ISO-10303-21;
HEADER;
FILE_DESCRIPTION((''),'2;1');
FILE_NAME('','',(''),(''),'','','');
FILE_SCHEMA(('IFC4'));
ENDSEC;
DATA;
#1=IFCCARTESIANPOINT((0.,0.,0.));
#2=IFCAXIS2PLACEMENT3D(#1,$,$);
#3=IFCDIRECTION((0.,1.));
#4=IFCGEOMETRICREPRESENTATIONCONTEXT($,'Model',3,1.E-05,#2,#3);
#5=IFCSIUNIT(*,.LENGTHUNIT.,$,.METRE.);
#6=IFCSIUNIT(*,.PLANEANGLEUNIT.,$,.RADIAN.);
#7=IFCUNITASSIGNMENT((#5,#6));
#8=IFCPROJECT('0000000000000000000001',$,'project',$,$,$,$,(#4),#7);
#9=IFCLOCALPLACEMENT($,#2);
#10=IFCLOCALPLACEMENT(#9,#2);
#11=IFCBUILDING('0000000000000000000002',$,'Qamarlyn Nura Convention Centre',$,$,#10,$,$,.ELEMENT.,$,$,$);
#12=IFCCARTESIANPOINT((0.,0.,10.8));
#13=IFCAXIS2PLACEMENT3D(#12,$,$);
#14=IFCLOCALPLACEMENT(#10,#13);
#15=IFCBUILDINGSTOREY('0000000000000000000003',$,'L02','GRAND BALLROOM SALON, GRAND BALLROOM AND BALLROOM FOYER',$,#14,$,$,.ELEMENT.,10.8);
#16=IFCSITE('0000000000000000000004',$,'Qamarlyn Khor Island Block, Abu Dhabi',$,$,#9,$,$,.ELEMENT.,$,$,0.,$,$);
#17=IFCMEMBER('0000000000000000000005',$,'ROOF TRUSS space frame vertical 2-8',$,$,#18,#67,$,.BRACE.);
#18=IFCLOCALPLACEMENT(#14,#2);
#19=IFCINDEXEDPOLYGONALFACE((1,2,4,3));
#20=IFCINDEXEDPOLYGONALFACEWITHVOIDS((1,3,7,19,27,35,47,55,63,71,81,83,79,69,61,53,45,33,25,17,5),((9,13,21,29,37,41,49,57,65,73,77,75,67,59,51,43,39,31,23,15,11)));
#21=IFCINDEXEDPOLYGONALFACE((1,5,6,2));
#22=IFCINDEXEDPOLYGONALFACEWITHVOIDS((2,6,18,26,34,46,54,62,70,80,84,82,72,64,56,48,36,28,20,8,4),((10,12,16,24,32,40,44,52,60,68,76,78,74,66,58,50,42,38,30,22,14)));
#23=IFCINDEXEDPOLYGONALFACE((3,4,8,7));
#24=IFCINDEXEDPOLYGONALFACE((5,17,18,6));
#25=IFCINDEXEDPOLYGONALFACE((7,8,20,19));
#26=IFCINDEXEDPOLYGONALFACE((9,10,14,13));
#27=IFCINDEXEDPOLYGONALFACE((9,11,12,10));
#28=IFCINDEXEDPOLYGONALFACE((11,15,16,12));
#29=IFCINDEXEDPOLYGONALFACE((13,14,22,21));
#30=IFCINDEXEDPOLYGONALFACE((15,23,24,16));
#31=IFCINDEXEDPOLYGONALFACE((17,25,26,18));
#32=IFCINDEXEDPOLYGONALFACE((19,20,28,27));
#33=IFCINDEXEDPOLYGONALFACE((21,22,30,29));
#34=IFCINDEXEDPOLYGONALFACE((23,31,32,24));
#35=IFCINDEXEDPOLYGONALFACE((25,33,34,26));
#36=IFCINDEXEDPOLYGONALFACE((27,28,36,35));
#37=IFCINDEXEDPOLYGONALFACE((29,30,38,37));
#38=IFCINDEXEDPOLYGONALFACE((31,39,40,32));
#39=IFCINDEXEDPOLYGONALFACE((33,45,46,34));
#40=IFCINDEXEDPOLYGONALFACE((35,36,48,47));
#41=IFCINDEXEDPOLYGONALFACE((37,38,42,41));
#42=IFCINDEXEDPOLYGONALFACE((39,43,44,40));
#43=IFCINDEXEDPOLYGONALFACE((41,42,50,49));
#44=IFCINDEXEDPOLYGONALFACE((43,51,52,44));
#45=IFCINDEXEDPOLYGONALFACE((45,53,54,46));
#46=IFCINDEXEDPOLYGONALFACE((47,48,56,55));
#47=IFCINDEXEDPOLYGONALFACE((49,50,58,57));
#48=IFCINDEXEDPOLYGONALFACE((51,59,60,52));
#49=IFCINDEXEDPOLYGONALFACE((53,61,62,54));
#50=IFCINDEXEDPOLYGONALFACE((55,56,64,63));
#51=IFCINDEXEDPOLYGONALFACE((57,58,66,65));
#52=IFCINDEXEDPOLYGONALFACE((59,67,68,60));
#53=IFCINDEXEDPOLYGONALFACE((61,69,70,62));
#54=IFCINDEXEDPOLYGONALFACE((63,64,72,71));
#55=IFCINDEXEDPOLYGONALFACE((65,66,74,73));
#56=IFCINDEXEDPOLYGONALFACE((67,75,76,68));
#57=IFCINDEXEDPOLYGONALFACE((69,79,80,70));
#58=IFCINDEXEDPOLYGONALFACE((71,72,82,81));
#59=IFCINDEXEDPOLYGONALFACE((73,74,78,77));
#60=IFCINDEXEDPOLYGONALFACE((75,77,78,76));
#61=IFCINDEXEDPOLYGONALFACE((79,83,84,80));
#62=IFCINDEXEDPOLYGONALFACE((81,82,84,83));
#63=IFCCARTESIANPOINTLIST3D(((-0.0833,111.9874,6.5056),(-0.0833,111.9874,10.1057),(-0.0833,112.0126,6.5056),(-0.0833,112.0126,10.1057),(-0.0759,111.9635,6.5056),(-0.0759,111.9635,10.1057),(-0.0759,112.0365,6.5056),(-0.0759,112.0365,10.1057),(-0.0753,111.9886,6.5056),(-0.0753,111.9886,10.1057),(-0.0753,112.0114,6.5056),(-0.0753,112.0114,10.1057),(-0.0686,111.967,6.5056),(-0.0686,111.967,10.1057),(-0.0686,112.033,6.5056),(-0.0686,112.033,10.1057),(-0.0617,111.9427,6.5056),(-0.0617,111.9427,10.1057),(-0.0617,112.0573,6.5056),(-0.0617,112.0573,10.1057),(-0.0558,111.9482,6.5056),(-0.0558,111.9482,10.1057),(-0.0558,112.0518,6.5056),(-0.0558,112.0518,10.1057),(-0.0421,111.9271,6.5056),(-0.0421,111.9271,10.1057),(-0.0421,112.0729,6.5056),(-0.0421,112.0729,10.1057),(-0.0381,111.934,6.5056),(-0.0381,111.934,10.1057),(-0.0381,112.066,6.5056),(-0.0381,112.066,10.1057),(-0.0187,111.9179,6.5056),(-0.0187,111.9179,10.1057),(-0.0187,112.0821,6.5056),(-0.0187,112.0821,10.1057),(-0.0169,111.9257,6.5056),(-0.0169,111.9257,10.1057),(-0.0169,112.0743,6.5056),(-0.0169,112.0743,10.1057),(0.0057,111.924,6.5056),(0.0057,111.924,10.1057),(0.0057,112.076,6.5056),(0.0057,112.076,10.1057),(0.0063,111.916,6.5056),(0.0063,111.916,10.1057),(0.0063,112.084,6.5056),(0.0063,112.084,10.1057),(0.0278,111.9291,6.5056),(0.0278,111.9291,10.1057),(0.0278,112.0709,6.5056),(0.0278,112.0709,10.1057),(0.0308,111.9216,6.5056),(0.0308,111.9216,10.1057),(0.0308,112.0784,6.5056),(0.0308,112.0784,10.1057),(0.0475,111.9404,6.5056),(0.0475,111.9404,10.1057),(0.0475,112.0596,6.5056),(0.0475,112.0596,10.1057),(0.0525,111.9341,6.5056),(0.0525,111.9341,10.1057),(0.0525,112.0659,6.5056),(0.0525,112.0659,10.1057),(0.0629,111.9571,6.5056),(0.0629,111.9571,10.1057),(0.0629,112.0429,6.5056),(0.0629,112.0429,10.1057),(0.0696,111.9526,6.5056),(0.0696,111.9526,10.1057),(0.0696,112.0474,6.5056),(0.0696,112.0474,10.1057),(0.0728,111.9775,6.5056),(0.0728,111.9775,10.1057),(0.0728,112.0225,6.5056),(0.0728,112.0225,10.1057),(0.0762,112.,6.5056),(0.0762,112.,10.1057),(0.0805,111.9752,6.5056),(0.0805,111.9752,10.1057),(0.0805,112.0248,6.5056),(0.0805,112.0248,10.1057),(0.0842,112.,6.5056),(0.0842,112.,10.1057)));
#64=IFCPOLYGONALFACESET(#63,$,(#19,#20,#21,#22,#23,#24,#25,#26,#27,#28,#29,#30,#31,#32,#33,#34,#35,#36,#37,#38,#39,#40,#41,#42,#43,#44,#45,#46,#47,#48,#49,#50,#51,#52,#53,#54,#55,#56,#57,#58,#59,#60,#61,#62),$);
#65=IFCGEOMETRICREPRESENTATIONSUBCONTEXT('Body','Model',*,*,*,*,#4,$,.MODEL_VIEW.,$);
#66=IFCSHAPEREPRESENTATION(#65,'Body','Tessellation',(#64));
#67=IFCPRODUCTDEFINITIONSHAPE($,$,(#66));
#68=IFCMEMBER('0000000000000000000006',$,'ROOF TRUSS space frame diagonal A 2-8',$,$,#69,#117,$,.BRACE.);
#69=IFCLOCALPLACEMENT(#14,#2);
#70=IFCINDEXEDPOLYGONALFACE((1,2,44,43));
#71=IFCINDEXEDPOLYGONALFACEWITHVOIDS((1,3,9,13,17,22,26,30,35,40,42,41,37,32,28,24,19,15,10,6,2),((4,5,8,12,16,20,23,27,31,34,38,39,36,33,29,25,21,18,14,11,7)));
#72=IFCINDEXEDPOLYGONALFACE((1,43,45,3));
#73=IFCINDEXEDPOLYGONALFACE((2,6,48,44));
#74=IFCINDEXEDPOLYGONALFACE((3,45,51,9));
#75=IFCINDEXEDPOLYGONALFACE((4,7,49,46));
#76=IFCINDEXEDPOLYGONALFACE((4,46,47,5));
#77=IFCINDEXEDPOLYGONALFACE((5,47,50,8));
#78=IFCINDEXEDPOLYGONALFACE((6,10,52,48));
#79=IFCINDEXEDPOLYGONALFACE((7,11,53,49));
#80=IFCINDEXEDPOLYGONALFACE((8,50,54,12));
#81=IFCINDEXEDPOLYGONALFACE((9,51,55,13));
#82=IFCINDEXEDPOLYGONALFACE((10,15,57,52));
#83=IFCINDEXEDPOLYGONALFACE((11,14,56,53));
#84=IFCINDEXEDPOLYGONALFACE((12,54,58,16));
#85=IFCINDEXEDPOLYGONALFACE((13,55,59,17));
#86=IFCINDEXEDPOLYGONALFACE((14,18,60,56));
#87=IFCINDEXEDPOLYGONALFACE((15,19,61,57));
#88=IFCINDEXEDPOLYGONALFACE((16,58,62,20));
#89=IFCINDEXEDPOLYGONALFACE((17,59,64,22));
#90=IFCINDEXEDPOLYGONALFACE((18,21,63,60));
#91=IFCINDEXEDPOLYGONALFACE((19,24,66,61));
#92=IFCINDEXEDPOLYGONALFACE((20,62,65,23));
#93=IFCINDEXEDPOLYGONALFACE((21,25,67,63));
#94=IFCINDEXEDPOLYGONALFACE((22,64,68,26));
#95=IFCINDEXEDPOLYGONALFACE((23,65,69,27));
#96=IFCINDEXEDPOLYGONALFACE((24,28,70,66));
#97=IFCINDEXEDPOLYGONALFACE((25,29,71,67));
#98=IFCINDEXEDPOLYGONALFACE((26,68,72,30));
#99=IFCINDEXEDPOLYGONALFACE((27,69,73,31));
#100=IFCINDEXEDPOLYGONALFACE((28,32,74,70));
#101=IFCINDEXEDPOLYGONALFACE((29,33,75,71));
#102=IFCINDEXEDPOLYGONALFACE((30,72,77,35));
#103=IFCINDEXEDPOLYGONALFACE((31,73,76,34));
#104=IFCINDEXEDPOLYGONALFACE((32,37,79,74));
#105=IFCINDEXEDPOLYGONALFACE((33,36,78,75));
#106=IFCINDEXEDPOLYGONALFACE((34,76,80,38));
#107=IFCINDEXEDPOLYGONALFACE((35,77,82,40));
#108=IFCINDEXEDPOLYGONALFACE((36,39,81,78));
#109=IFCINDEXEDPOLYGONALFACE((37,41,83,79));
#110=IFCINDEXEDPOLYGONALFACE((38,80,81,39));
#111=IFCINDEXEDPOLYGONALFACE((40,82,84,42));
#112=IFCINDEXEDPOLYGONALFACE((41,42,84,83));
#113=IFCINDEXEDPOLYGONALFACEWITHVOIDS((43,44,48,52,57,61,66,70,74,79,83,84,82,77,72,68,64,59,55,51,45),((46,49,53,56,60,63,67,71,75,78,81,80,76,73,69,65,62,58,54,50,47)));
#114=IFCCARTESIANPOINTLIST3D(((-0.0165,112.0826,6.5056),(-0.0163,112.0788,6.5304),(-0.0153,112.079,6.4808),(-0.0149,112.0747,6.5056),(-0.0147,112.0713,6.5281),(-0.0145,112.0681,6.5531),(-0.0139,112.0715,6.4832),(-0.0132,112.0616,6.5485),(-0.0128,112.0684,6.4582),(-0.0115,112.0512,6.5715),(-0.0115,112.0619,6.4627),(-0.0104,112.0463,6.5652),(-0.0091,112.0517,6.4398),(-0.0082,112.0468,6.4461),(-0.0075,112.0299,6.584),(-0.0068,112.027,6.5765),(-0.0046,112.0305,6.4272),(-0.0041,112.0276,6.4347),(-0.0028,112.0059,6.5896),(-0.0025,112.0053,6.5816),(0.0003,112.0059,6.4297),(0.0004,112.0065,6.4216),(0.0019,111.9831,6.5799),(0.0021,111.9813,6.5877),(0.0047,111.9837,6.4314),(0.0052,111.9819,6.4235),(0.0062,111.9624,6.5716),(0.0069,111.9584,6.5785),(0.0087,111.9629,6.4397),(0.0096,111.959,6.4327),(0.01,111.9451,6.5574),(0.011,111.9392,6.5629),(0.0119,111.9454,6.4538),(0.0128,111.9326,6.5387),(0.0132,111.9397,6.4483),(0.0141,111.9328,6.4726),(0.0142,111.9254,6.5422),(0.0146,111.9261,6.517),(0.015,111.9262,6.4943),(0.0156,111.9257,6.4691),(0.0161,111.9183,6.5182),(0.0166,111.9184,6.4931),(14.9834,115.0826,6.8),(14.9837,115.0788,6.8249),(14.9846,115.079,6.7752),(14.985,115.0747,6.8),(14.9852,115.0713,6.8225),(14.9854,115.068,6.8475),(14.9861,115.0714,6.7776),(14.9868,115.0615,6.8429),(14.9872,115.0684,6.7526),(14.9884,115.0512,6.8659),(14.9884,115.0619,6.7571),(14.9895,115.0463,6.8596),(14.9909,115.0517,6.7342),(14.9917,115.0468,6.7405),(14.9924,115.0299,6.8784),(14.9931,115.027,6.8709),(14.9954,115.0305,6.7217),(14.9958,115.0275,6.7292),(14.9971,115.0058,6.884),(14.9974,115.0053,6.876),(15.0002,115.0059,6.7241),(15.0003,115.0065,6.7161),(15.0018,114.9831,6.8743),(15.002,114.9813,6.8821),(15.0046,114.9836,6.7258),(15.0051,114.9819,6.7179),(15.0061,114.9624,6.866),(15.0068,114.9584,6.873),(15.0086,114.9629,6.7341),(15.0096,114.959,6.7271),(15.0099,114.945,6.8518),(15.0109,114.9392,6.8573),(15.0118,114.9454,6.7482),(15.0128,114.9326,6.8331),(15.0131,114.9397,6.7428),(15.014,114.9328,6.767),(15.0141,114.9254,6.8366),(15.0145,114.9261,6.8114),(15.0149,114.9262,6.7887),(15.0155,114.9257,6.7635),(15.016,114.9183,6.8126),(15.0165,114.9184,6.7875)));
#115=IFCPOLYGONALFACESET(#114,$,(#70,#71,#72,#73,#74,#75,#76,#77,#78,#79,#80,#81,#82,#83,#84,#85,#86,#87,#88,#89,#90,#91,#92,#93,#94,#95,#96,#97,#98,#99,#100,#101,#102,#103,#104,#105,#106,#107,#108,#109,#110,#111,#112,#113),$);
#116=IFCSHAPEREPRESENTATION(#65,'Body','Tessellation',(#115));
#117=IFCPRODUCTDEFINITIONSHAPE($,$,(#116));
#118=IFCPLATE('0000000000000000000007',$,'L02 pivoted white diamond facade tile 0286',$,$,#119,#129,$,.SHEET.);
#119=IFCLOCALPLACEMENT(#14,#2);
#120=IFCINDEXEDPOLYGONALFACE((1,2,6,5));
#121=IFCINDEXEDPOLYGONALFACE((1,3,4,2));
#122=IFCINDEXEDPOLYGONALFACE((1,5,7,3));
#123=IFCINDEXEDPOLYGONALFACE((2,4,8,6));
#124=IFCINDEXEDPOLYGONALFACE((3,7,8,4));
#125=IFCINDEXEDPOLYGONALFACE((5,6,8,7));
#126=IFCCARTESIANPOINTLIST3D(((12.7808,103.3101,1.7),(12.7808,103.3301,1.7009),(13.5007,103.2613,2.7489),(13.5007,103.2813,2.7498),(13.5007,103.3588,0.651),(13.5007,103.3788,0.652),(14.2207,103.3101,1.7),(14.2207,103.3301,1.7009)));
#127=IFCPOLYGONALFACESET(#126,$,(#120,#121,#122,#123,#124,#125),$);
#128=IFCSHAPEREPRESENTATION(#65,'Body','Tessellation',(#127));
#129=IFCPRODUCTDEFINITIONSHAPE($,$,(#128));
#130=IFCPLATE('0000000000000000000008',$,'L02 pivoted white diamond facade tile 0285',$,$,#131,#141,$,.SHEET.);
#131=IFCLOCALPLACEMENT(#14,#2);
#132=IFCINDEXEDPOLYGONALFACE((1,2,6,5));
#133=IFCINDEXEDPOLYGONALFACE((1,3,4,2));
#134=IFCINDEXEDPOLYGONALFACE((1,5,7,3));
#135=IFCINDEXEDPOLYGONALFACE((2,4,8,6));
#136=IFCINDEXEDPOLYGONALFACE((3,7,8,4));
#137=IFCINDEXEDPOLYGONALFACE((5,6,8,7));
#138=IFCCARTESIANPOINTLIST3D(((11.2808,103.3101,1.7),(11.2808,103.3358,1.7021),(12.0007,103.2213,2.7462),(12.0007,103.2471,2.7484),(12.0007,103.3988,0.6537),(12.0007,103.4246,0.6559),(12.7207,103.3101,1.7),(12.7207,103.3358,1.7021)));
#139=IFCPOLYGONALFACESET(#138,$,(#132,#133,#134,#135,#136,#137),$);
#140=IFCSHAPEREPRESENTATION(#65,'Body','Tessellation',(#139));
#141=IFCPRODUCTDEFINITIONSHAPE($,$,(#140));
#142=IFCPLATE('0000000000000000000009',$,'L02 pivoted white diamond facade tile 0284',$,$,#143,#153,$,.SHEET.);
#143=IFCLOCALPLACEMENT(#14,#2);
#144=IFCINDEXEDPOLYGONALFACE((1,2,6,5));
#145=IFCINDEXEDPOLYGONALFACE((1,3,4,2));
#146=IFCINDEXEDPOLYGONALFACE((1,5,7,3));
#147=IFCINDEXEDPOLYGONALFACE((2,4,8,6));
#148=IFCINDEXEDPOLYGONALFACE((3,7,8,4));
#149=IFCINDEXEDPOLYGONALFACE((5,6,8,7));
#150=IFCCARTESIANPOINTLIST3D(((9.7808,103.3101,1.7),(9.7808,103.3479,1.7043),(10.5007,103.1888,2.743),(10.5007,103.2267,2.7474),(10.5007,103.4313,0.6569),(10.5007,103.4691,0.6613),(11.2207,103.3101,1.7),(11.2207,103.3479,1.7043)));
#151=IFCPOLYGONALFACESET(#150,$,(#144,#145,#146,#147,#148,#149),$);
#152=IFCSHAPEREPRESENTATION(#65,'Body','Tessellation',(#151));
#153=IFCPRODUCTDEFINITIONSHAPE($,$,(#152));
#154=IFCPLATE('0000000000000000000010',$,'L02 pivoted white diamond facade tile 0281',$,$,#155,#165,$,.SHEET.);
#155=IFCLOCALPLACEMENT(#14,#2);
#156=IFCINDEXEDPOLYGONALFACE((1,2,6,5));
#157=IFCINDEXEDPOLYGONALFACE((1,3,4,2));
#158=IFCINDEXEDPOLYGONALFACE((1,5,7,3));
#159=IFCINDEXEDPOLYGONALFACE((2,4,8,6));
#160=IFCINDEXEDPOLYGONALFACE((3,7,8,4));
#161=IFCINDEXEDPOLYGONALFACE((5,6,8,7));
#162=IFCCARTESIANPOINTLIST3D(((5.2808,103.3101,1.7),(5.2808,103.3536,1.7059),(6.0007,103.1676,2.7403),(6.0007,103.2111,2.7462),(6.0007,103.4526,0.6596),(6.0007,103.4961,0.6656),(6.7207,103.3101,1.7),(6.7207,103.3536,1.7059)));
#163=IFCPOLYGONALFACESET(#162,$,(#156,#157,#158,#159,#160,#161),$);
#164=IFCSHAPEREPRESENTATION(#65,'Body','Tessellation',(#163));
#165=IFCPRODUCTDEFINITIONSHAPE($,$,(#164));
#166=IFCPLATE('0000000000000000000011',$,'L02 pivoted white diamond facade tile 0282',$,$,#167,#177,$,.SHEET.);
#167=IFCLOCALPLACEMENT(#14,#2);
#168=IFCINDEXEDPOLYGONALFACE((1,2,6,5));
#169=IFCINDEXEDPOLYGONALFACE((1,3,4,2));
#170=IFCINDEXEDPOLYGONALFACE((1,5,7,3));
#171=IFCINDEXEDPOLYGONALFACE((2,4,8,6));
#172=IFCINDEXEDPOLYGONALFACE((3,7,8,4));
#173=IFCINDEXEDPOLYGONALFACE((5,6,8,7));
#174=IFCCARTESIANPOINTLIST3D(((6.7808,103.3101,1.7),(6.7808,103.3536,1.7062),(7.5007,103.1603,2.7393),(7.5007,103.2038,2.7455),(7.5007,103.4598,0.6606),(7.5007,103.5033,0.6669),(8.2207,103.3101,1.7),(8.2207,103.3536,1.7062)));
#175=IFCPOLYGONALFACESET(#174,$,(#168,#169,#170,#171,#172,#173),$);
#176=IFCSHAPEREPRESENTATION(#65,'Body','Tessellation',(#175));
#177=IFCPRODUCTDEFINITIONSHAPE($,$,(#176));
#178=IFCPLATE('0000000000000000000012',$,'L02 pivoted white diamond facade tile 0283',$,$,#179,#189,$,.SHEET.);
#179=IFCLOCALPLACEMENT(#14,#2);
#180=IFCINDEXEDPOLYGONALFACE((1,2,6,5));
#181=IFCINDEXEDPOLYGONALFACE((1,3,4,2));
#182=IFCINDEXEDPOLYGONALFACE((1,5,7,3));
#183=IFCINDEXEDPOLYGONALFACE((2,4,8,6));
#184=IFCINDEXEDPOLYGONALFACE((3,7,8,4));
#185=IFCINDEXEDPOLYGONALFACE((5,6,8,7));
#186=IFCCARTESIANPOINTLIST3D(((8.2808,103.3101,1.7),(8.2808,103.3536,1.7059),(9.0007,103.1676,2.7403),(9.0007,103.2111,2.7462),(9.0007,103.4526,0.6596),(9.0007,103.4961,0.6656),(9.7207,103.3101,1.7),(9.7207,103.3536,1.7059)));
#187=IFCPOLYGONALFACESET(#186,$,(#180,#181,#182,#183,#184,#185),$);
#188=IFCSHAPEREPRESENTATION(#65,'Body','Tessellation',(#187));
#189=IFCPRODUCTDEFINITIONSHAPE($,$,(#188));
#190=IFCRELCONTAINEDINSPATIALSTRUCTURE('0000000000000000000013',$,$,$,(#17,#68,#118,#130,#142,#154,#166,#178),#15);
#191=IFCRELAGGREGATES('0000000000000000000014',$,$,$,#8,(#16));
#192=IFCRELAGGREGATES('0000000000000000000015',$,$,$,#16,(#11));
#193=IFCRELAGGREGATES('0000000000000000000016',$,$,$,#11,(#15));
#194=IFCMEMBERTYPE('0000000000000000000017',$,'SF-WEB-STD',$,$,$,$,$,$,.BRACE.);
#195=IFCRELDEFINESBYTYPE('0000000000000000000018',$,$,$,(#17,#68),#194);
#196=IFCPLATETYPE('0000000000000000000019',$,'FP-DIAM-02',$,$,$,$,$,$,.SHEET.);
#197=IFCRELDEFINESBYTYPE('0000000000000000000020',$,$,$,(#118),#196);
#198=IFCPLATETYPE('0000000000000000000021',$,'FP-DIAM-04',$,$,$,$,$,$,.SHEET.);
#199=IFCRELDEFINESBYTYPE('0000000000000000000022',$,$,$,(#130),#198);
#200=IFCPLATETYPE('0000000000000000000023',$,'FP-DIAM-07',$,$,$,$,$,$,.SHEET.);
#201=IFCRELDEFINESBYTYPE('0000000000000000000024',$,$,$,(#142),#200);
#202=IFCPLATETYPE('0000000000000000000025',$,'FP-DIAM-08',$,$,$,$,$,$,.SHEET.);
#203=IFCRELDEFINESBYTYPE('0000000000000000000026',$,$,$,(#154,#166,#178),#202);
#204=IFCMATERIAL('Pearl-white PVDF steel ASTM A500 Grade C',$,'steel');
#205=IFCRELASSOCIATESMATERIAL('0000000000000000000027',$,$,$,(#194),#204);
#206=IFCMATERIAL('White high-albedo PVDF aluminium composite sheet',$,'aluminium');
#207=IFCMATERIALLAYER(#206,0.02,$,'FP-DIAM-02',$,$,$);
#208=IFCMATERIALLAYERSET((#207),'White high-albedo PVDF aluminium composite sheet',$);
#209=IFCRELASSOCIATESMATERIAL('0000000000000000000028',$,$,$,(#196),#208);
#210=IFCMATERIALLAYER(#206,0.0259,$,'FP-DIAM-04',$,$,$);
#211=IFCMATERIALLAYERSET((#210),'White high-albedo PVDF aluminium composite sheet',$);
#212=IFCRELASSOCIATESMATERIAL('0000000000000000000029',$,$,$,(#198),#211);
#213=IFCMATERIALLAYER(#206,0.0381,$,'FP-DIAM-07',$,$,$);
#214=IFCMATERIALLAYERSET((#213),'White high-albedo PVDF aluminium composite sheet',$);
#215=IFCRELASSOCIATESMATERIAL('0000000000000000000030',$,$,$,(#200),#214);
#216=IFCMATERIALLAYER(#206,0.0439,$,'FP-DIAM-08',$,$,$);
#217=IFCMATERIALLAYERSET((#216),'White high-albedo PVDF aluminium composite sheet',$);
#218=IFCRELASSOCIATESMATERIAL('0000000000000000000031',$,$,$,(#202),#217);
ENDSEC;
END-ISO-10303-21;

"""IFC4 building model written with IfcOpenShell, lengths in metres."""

from ifc_helpers import new_model, si_unit, direction, frame, origin, origin_2d, place, context, subcontext, project, spatial, polyline, hollow_circle, outline, extrude, material, layer, layer_set, material_profile, profile_set, type_object, element, save


model = new_model("IFC4")

# Units and contexts
model_context = context("Model", 3, precision=1e-05, world=origin(), true_north=direction((0.0, 1.0)))
body_context = subcontext(model_context, "Body", "Model", "MODEL_VIEW")
ifc_project = project(units=[si_unit("LENGTHUNIT", "METRE"), si_unit("PLANEANGLEUNIT", "RADIAN")], contexts=[model_context])

# Site, building, storey
site_placement = place(None, origin())
site = spatial("IfcSite", under=ifc_project, at=site_placement, Name="Qamarlyn Khor Island Block, Abu Dhabi", CompositionType="ELEMENT", RefElevation=0.0)
building_placement = place(site_placement, origin())
building = spatial("IfcBuilding", under=site, at=building_placement, Name="Qamarlyn Nura Convention Centre", CompositionType="ELEMENT")
storey_placement = place(building_placement, frame((0.0, 0.0, 10.8)))
storey = spatial("IfcBuildingStorey", under=building, at=storey_placement, Name="L02", Description="GRAND BALLROOM SALON, GRAND BALLROOM AND BALLROOM FOYER", CompositionType="ELEMENT", Elevation=10.8)

# Members
ifc_material_1 = material(Name="Pearl-white PVDF steel ASTM A500 Grade C", Category="steel")
ifc_material_profile_1 = material_profile(ifc_material_1, hollow_circle(Radius=0.0842, WallThickness=0.0081, at=origin_2d()), Name="CHS168.3X8")
ifc_profile_set_1 = profile_set([ifc_material_profile_1], Name="Pearl-white PVDF steel ASTM A500 Grade C")
member_type_1 = type_object("IfcMemberType", Name="SF-WEB-STD", PredefinedType="BRACE", material=ifc_profile_set_1)
member_1_placement = place(storey_placement, frame((0.0, 112.0, 6.5056), z_axis=(0.0, 0.0, 1.0), x_axis=(1.0, 0.0, 0.0)))
element("IfcMember", 1, at=member_1_placement, inside=storey, type_object=member_type_1, Name="ROOF TRUSS space frame vertical 2-8", PredefinedType="BRACE", context=body_context, shape_type="SweptSolid", body=[
    extrude(hollow_circle(Radius=0.0842, WallThickness=0.0081, at=origin_2d()), origin(), (0.0, 0.0, 1.0), 3.6001),
])
member_2_placement = place(storey_placement, frame((0.0, 112.0, 6.5056), z_axis=(0.980399, 0.19608, 0.019244), x_axis=(-0.196116, 0.980581, 0.0)))
element("IfcMember", 2, at=member_2_placement, inside=storey, type_object=member_type_1, Name="ROOF TRUSS space frame diagonal A 2-8", PredefinedType="BRACE", context=body_context, shape_type="SweptSolid", body=[
    extrude(hollow_circle(Radius=0.0842, WallThickness=0.0081, at=origin_2d()), origin(), (0.0, 0.0, 1.0), 15.2998),
])

# Plates
ifc_material_2 = material(Name="White high-albedo PVDF aluminium composite sheet", Category="aluminium")
ifc_layer_1 = layer(ifc_material_2, 0.02, Name="FP-DIAM-02")
ifc_layer_set_1 = layer_set([ifc_layer_1], Name="White high-albedo PVDF aluminium composite sheet")
plate_type_1 = type_object("IfcPlateType", Name="FP-DIAM-02", PredefinedType="SHEET", material=ifc_layer_set_1)
plate_1_placement = place(storey_placement, frame((13.5007, 103.3101, 1.7), z_axis=(0.0, 0.998923, 0.046409), x_axis=(-1.0, 0.0, 0.0)))
element("IfcPlate", 3, at=plate_1_placement, inside=storey, type_object=plate_type_1, Name="L02 pivoted white diamond facade tile 0286", PredefinedType="SHEET", context=body_context, shape_type="SweptSolid", body=[
    extrude(outline(polyline([(-0.72, 0.0), (0.0, -1.05), (0.72, 0.0), (0.0, 1.05), (-0.72, 0.0)])), origin(), (0.0, 0.0, 1.0), 0.02),
])
ifc_layer_2 = layer(ifc_material_2, 0.0259, Name="FP-DIAM-04")
ifc_layer_set_2 = layer_set([ifc_layer_2], Name="White high-albedo PVDF aluminium composite sheet")
plate_type_2 = type_object("IfcPlateType", Name="FP-DIAM-04", PredefinedType="SHEET", material=ifc_layer_set_2)
plate_2_placement = place(storey_placement, frame((12.0007, 103.3101, 1.7), z_axis=(0.0, 0.996419, 0.084547), x_axis=(-1.0, 0.0, 0.0)))
element("IfcPlate", 4, at=plate_2_placement, inside=storey, type_object=plate_type_2, Name="L02 pivoted white diamond facade tile 0285", PredefinedType="SHEET", context=body_context, shape_type="SweptSolid", body=[
    extrude(outline(polyline([(-0.72, 0.0), (0.0, -1.05), (0.72, 0.0), (0.0, 1.05), (-0.72, 0.0)])), origin(), (0.0, 0.0, 1.0), 0.0259),
])
ifc_layer_3 = layer(ifc_material_2, 0.0381, Name="FP-DIAM-07")
ifc_layer_set_3 = layer_set([ifc_layer_3], Name="White high-albedo PVDF aluminium composite sheet")
plate_type_3 = type_object("IfcPlateType", Name="FP-DIAM-07", PredefinedType="SHEET", material=ifc_layer_set_3)
plate_3_placement = place(storey_placement, frame((10.5007, 103.3101, 1.7), z_axis=(0.0, 0.993312, 0.115457), x_axis=(-1.0, 0.0, 0.0)))
element("IfcPlate", 5, at=plate_3_placement, inside=storey, type_object=plate_type_3, Name="L02 pivoted white diamond facade tile 0284", PredefinedType="SHEET", context=body_context, shape_type="SweptSolid", body=[
    extrude(outline(polyline([(-0.72, 0.0), (0.0, -1.05), (0.72, 0.0), (0.0, 1.05), (-0.72, 0.0)])), origin(), (0.0, 0.0, 1.0), 0.0381),
])
ifc_layer_4 = layer(ifc_material_2, 0.0439, Name="FP-DIAM-08")
ifc_layer_set_4 = layer_set([ifc_layer_4], Name="White high-albedo PVDF aluminium composite sheet")
plate_type_4 = type_object("IfcPlateType", Name="FP-DIAM-08", PredefinedType="SHEET", material=ifc_layer_set_4)
for number, where, z_axis, x_axis, name in (
    (6, (6.0007, 103.3101, 1.7), (0.0, 0.990748, 0.135716), (-1.0, 0.0, 0.0), "L02 pivoted white diamond facade tile 0281"),
    (7, (7.5007, 103.3101, 1.7), (0.0, 0.989776, 0.142629), (-1.0, 0.0, 0.0), "L02 pivoted white diamond facade tile 0282"),
    (8, (9.0007, 103.3101, 1.7), (0.0, 0.990748, 0.135716), (-1.0, 0.0, 0.0), "L02 pivoted white diamond facade tile 0283"),
):
    element("IfcPlate", number, at=place(storey_placement, frame(where, z_axis=z_axis, x_axis=x_axis)), inside=storey, type_object=plate_type_4, Name=name, PredefinedType="SHEET", context=body_context, shape_type="SweptSolid", body=[
        extrude(outline(polyline([(-0.72, 0.0), (0.0, -1.05), (0.72, 0.0), (0.0, 1.05), (-0.72, 0.0)])), origin(), (0.0, 0.0, 1.0), 0.0439),
    ])

save(model, "model.ifc")
